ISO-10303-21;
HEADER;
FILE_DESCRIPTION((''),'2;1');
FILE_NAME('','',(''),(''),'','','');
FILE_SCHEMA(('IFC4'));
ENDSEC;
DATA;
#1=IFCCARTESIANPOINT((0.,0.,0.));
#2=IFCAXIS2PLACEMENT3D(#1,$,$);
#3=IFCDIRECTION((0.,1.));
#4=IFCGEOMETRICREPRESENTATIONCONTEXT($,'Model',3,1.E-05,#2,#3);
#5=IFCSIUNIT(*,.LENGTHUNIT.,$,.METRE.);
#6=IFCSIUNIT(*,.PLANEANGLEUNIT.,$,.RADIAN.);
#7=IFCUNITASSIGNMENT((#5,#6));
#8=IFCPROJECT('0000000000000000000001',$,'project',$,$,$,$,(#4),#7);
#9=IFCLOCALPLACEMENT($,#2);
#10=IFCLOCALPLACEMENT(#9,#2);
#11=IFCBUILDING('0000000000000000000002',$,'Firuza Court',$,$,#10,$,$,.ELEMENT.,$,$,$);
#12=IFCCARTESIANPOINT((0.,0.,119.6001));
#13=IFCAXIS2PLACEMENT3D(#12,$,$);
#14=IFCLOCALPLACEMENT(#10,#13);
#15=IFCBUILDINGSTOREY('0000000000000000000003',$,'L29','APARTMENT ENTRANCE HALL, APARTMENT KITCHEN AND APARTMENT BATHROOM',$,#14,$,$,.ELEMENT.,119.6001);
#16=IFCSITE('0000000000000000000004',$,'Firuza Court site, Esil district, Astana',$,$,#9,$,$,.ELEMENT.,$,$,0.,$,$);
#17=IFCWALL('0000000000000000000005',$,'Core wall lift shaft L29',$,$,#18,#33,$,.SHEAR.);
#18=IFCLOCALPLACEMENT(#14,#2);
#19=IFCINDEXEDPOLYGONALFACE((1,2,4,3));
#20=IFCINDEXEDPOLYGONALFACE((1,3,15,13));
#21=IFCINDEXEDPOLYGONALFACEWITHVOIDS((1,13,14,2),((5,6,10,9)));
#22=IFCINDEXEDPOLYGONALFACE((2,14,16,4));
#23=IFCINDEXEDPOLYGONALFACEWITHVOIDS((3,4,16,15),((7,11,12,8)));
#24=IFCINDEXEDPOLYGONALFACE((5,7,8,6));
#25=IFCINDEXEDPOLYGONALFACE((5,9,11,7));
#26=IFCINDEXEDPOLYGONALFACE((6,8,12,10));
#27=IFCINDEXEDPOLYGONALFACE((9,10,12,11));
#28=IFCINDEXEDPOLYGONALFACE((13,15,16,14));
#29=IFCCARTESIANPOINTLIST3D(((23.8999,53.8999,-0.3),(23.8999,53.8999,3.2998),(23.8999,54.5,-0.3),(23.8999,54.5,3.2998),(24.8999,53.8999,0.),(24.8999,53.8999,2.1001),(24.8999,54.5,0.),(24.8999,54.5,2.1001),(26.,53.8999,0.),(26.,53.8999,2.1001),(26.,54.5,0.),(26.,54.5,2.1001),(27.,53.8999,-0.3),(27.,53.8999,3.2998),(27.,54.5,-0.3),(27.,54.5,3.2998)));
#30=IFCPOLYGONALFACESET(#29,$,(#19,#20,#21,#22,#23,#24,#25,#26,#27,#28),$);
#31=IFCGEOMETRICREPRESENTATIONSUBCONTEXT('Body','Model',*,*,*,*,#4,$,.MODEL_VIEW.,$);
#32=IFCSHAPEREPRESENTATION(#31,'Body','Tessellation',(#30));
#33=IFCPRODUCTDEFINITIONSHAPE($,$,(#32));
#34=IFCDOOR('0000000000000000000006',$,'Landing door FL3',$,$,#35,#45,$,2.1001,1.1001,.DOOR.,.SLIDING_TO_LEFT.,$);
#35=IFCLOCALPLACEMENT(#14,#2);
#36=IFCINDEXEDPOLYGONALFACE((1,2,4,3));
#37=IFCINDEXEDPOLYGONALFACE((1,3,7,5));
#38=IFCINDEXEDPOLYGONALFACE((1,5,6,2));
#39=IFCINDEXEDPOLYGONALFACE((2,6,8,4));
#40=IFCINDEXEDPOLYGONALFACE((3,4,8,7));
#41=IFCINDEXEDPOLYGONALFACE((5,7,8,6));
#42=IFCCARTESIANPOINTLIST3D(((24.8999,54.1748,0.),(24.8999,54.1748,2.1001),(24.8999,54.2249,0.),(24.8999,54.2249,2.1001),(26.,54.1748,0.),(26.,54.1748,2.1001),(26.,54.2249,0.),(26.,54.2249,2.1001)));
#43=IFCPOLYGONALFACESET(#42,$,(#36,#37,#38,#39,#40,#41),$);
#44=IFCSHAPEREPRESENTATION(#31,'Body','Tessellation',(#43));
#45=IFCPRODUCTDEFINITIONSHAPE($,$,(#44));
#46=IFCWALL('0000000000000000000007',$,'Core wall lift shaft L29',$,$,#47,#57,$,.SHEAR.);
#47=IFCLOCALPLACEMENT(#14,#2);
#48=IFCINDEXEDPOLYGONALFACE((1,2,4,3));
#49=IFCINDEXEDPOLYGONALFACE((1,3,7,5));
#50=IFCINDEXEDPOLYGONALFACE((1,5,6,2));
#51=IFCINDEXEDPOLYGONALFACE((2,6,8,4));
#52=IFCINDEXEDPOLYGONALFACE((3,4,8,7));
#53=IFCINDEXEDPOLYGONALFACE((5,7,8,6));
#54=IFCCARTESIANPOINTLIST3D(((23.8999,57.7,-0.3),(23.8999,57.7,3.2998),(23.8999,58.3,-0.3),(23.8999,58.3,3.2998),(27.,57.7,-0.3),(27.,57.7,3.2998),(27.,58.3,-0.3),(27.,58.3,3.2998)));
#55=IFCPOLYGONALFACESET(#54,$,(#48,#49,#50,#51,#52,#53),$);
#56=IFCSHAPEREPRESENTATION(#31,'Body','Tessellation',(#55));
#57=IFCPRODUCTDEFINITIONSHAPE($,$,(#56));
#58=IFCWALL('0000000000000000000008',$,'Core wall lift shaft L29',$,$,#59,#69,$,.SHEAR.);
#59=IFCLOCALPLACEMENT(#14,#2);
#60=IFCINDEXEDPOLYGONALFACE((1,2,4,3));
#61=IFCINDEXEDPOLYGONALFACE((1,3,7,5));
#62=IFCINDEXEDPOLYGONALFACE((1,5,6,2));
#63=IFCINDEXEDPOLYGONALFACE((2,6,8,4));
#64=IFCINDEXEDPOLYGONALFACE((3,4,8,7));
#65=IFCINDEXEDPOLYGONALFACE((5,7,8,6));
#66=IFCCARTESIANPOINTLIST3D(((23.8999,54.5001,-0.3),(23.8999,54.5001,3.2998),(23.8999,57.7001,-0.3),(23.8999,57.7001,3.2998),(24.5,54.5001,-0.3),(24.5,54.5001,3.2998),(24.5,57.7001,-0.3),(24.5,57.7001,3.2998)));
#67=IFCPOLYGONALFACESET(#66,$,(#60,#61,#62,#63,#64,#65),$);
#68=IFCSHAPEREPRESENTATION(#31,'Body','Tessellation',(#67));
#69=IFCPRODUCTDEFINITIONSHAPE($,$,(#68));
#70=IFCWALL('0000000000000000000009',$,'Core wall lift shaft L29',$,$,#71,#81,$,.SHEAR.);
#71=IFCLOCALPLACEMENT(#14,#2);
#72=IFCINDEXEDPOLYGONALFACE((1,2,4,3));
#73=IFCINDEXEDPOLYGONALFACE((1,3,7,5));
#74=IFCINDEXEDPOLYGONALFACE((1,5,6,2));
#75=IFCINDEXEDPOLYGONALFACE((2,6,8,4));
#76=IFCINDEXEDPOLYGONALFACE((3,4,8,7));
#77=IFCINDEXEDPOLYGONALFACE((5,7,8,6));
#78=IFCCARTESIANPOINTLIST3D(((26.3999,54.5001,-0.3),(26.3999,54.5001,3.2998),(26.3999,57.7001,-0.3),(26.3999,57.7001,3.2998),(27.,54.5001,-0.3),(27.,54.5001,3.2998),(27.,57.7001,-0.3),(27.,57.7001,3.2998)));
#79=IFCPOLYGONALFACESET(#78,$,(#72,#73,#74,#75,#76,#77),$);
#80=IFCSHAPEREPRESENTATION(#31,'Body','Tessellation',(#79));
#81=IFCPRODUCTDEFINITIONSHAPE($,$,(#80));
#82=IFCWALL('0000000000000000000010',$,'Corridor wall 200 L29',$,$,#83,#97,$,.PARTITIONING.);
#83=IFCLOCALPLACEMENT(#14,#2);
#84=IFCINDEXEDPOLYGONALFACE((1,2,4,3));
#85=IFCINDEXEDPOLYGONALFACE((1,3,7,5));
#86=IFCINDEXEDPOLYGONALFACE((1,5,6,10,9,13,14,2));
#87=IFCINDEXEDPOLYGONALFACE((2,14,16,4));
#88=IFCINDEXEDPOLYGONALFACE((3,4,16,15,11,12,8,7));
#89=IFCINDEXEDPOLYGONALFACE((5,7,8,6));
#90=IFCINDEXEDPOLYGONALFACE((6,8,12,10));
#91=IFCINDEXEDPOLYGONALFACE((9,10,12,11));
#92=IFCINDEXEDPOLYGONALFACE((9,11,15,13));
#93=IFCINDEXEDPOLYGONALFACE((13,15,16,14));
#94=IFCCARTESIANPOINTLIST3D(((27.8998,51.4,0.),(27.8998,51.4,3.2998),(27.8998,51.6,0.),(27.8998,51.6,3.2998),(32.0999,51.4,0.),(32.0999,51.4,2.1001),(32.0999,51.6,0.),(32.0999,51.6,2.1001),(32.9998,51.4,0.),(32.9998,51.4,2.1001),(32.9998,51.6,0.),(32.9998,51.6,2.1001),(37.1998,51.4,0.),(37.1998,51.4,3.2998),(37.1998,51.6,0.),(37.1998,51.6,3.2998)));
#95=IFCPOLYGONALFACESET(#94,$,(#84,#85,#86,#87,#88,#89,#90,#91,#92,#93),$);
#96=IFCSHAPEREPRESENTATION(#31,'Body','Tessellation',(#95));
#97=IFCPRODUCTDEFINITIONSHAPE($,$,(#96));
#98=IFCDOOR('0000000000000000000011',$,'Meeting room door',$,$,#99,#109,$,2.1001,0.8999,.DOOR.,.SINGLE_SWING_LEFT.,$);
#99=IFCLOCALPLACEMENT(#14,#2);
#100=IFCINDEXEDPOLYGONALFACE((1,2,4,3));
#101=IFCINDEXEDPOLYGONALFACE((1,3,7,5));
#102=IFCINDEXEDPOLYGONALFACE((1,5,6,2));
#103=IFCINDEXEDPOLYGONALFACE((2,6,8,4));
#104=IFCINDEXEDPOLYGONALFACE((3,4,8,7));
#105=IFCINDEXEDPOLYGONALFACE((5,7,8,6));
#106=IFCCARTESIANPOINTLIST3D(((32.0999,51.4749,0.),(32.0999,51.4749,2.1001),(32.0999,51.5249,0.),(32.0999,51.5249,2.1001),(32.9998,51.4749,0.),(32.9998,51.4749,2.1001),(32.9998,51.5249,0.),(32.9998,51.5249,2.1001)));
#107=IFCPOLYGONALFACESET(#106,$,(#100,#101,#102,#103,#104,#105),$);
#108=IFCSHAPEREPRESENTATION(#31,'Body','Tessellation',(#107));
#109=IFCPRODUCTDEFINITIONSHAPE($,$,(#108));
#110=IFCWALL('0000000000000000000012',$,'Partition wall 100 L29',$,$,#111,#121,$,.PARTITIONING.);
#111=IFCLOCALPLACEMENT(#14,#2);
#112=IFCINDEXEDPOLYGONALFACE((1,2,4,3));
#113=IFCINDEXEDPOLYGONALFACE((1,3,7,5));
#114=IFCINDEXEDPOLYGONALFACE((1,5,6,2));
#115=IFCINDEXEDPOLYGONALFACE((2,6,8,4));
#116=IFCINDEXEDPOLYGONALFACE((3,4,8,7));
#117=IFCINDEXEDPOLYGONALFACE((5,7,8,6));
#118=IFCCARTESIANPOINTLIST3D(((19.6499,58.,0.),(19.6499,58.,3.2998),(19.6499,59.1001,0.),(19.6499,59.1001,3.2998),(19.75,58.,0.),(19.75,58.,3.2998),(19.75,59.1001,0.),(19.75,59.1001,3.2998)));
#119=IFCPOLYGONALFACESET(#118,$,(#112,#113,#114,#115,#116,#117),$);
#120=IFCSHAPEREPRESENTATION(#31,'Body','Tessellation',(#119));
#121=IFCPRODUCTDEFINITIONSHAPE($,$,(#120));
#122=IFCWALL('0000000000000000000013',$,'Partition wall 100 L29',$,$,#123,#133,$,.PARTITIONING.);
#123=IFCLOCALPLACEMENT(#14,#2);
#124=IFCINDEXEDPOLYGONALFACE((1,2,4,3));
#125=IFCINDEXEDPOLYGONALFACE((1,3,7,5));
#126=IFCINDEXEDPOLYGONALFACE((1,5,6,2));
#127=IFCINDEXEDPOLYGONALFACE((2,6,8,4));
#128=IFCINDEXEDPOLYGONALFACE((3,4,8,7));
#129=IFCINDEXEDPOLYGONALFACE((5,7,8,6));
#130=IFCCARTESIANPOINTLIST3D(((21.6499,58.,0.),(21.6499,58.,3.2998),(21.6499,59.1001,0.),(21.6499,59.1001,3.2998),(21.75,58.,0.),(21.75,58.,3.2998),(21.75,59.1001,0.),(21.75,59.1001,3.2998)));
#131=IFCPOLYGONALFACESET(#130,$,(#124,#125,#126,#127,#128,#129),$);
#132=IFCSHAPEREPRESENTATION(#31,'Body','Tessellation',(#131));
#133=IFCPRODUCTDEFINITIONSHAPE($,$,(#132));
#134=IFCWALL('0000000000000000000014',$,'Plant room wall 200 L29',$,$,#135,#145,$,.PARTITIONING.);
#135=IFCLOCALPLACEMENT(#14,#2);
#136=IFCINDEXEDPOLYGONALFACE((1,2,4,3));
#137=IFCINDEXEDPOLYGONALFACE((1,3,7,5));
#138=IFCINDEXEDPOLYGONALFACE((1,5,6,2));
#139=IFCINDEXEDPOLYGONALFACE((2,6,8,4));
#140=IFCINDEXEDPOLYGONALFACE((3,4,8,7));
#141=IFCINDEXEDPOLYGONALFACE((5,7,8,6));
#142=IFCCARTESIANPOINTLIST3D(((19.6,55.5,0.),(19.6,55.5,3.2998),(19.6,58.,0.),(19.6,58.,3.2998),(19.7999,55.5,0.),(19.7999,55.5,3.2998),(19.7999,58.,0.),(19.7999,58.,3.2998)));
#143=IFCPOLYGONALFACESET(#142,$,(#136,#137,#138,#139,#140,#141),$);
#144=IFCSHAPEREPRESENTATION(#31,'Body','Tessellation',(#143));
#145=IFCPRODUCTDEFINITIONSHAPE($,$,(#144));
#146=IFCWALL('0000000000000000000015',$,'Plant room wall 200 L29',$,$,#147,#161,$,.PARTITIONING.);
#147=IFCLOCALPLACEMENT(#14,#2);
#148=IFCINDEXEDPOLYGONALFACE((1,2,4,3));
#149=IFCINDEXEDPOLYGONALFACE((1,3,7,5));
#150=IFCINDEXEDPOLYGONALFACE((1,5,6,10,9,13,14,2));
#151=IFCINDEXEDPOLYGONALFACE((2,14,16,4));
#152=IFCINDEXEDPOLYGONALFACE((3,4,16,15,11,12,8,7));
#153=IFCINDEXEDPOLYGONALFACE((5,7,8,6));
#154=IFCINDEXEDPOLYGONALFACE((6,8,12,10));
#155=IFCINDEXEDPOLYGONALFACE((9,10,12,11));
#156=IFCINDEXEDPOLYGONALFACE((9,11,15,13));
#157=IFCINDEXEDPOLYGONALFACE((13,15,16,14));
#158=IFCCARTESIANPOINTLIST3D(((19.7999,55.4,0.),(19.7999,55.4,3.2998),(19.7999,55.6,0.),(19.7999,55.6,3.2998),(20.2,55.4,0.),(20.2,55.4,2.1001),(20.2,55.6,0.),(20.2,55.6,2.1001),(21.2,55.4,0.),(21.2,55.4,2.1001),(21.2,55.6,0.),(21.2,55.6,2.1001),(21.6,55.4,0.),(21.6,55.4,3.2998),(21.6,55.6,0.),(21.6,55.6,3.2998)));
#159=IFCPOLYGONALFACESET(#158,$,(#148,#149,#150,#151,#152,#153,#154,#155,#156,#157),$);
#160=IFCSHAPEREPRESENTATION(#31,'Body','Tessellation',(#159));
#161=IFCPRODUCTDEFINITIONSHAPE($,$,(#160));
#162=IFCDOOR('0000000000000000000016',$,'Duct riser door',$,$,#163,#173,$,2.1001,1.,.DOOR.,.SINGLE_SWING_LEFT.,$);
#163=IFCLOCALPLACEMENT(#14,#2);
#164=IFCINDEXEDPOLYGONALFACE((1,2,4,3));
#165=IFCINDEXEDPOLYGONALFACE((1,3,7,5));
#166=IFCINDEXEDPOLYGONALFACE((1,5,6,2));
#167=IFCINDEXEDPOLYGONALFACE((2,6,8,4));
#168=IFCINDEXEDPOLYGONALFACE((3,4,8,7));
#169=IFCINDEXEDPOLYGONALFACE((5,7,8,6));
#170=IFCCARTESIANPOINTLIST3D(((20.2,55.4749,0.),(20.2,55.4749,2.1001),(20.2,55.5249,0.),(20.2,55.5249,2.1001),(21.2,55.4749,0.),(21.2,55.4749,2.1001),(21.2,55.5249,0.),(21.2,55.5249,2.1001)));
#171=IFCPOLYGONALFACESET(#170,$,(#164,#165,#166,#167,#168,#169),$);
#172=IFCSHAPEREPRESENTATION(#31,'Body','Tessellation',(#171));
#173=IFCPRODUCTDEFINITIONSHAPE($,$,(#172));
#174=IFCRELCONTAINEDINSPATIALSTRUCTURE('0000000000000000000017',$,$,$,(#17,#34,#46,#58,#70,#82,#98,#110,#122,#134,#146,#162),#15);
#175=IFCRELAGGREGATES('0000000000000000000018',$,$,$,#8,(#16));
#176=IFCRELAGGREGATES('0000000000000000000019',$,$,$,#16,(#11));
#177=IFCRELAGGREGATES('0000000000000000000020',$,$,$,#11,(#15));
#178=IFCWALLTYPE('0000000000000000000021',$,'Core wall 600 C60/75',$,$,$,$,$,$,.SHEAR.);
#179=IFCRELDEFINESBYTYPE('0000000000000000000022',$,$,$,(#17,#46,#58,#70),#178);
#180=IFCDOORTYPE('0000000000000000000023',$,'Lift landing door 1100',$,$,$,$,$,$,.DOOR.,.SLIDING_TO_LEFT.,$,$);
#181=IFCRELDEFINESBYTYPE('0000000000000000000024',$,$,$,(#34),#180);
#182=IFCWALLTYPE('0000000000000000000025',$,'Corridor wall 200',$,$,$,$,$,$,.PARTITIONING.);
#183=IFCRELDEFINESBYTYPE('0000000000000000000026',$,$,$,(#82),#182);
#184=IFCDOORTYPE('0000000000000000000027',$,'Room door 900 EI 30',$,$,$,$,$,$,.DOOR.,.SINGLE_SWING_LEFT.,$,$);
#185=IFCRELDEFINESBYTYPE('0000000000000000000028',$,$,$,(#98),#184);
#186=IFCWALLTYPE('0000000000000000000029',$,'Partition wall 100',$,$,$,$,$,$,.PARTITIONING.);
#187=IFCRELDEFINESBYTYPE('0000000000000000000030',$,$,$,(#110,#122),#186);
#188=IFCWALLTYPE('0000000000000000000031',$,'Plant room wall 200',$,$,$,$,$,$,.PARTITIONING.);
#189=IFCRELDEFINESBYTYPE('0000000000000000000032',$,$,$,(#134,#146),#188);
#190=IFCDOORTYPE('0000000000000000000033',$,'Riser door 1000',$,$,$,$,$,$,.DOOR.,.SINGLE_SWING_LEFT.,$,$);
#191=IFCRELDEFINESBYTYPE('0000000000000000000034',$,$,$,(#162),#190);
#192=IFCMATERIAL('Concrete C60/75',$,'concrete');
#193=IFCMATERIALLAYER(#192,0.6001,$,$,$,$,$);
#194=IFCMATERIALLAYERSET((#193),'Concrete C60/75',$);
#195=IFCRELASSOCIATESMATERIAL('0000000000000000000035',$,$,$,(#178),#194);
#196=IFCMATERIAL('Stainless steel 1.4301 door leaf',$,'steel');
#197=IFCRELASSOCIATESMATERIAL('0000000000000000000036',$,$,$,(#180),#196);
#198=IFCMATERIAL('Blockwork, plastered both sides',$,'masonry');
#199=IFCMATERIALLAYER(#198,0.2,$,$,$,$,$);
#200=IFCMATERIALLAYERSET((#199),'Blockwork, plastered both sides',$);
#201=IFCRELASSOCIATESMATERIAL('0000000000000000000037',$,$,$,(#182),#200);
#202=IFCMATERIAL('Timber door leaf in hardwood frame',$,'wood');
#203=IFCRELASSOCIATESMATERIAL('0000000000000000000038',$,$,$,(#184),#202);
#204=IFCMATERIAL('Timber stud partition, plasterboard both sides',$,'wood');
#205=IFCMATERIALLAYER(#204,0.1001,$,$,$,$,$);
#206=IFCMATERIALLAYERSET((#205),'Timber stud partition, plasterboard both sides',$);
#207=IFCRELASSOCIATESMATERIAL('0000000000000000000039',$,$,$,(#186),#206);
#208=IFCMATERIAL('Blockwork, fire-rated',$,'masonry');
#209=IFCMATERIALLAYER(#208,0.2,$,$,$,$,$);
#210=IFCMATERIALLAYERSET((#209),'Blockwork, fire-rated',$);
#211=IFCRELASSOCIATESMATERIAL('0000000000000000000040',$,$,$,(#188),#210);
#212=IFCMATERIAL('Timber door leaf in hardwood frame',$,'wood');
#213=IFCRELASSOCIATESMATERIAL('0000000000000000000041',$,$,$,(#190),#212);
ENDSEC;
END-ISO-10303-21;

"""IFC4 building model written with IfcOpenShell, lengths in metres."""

from ifc_helpers import new_model, si_unit, direction, frame, frame_2d, origin, place, context, subcontext, project, spatial, rectangle, extrude, material, layer, layer_set, type_object, element, fill, save


model = new_model("IFC4")

# Units and contexts
model_context = context("Model", 3, precision=1e-05, world=origin(), true_north=direction((0.0, 1.0)))
body_context = subcontext(model_context, "Body", "Model", "MODEL_VIEW")
ifc_project = project(units=[si_unit("LENGTHUNIT", "METRE"), si_unit("PLANEANGLEUNIT", "RADIAN")], contexts=[model_context])

# Site, building, storey
site_placement = place(None, origin())
site = spatial("IfcSite", under=ifc_project, at=site_placement, Name="Firuza Court site, Esil district, Astana", CompositionType="ELEMENT", RefElevation=0.0)
building_placement = place(site_placement, origin())
building = spatial("IfcBuilding", under=site, at=building_placement, Name="Firuza Court", CompositionType="ELEMENT")
storey_placement = place(building_placement, frame((0.0, 0.0, 119.6001)))
storey = spatial("IfcBuildingStorey", under=building, at=storey_placement, Name="L29", Description="APARTMENT ENTRANCE HALL, APARTMENT KITCHEN AND APARTMENT BATHROOM", CompositionType="ELEMENT", Elevation=119.6001)

# Wall, opening, door
ifc_material_1 = material(Name="Concrete C60/75", Category="concrete")
ifc_layer_1 = layer(ifc_material_1, 0.6001)
ifc_layer_set_1 = layer_set([ifc_layer_1], Name="Concrete C60/75")
wall_type_1 = type_object("IfcWallType", Name="Core wall 600 C60/75", PredefinedType="SHEAR", material=ifc_layer_set_1)
wall_1_placement = place(storey_placement, frame((23.8999, 54.2, -0.3), z_axis=(0.0, 0.0, 1.0), x_axis=(1.0, 0.0, 0.0)))
wall_1 = element("IfcWall", 1, at=wall_1_placement, inside=storey, type_object=wall_type_1, Name="Core wall lift shaft L29", PredefinedType="SHEAR", context=body_context, shape_type="SweptSolid", body=[
    extrude(rectangle(XDim=3.1001, YDim=0.6001, at=frame_2d((1.55, 0.0))), origin(), (0.0, 0.0, 1.0), 3.5999),
])
opening_1_placement = place(wall_1_placement, frame((1.0, 0.0, 0.3)))
opening_1 = element("IfcOpeningElement", 2, at=opening_1_placement, cuts=wall_1, PredefinedType="OPENING", context=body_context, shape_type="SweptSolid", body=[
    extrude(rectangle(XDim=1.1001, YDim=2.1001, at=frame_2d((0.55, 1.05))), frame((0.0, 0.312, 0.0), z_axis=(0.0, -1.0, 0.0), x_axis=(1.0, 0.0, 0.0)), (0.0, 0.0, 1.0), 0.624),
])
ifc_material_2 = material(Name="Stainless steel 1.4301 door leaf", Category="steel")
door_type_1 = type_object("IfcDoorType", Name="Lift landing door 1100", OperationType="SLIDING_TO_LEFT", PredefinedType="DOOR", material=ifc_material_2)
door_1_placement = place(opening_1_placement, origin())
door_1 = element("IfcDoor", 3, at=door_1_placement, inside=storey, type_object=door_type_1, Name="Landing door FL3", OperationType="SLIDING_TO_LEFT", OverallHeight=2.1001, OverallWidth=1.1001, PredefinedType="DOOR", context=body_context, shape_type="SweptSolid", body=[
    extrude(rectangle(XDim=1.1001, YDim=2.1001, at=frame_2d((0.55, 1.05))), frame((0.0, 0.0249, 0.0), z_axis=(0.0, -1.0, 0.0), x_axis=(1.0, 0.0, 0.0)), (0.0, 0.0, 1.0), 0.05),
])
fill(opening_1, door_1)

# Walls
wall_2_placement = place(storey_placement, frame((23.8999, 58.0, -0.3), z_axis=(0.0, 0.0, 1.0), x_axis=(1.0, 0.0, 0.0)))
element("IfcWall", 4, at=wall_2_placement, inside=storey, type_object=wall_type_1, Name="Core wall lift shaft L29", PredefinedType="SHEAR", context=body_context, shape_type="SweptSolid", body=[
    extrude(rectangle(XDim=3.1001, YDim=0.6001, at=frame_2d((1.55, 0.0))), origin(), (0.0, 0.0, 1.0), 3.5999),
])
for number, where, z_axis, x_axis, name in (
    (5, (24.2, 54.5, -0.3), (0.0, 0.0, 1.0), (0.0, 1.0, 0.0), "Core wall lift shaft L29"),
    (6, (26.7, 54.5, -0.3), (0.0, 0.0, 1.0), (0.0, 1.0, 0.0), "Core wall lift shaft L29"),
):
    element("IfcWall", number, at=place(storey_placement, frame(where, z_axis=z_axis, x_axis=x_axis)), inside=storey, type_object=wall_type_1, Name=name, PredefinedType="SHEAR", context=body_context, shape_type="SweptSolid", body=[
        extrude(rectangle(XDim=3.2, YDim=0.6001, at=frame_2d((1.6001, 0.0))), origin(), (0.0, 0.0, 1.0), 3.5999),
    ])

# Wall, opening, door
ifc_material_3 = material(Name="Blockwork, plastered both sides", Category="masonry")
ifc_layer_2 = layer(ifc_material_3, 0.2)
ifc_layer_set_2 = layer_set([ifc_layer_2], Name="Blockwork, plastered both sides")
wall_type_2 = type_object("IfcWallType", Name="Corridor wall 200", PredefinedType="PARTITIONING", material=ifc_layer_set_2)
wall_3_placement = place(storey_placement, frame((27.8999, 51.5, 0.0), z_axis=(0.0, 0.0, 1.0), x_axis=(1.0, 0.0, 0.0)))
wall_3 = element("IfcWall", 7, at=wall_3_placement, inside=storey, type_object=wall_type_2, Name="Corridor wall 200 L29", PredefinedType="PARTITIONING", context=body_context, shape_type="SweptSolid", body=[
    extrude(rectangle(XDim=9.3, YDim=0.2, at=frame_2d((4.6499, 0.0))), origin(), (0.0, 0.0, 1.0), 3.2998),
])
opening_2_placement = place(wall_3_placement, frame((4.2, 0.0, 0.0)))
opening_2 = element("IfcOpeningElement", 8, at=opening_2_placement, cuts=wall_3, PredefinedType="OPENING", context=body_context, shape_type="SweptSolid", body=[
    extrude(rectangle(XDim=0.8999, YDim=2.1001, at=frame_2d((0.45, 1.05))), frame((0.0, 0.1118, 0.0), z_axis=(0.0, -1.0, 0.0), x_axis=(1.0, 0.0, 0.0)), (0.0, 0.0, 1.0), 0.2239),
])
ifc_material_4 = material(Name="Timber door leaf in hardwood frame", Category="wood")
door_type_2 = type_object("IfcDoorType", Name="Room door 900 EI 30", OperationType="SINGLE_SWING_LEFT", PredefinedType="DOOR", material=ifc_material_4)
door_2_placement = place(opening_2_placement, origin())
door_2 = element("IfcDoor", 9, at=door_2_placement, inside=storey, type_object=door_type_2, Name="Meeting room door", OperationType="SINGLE_SWING_LEFT", OverallHeight=2.1001, OverallWidth=0.8999, PredefinedType="DOOR", context=body_context, shape_type="SweptSolid", body=[
    extrude(rectangle(XDim=0.8999, YDim=2.1001, at=frame_2d((0.45, 1.05))), frame((0.0, 0.0249, 0.0), z_axis=(0.0, -1.0, 0.0), x_axis=(1.0, 0.0, 0.0)), (0.0, 0.0, 1.0), 0.05),
])
fill(opening_2, door_2)

# Walls
ifc_material_5 = material(Name="Timber stud partition, plasterboard both sides", Category="wood")
ifc_layer_3 = layer(ifc_material_5, 0.1001)
ifc_layer_set_3 = layer_set([ifc_layer_3], Name="Timber stud partition, plasterboard both sides")
wall_type_3 = type_object("IfcWallType", Name="Partition wall 100", PredefinedType="PARTITIONING", material=ifc_layer_set_3)
for number, where, z_axis, x_axis, name in (
    (10, (19.7, 58.0, 0.0), (0.0, 0.0, 1.0), (0.0, 1.0, 0.0), "Partition wall 100 L29"),
    (11, (21.7, 58.0, 0.0), (0.0, 0.0, 1.0), (0.0, 1.0, 0.0), "Partition wall 100 L29"),
):
    element("IfcWall", number, at=place(storey_placement, frame(where, z_axis=z_axis, x_axis=x_axis)), inside=storey, type_object=wall_type_3, Name=name, PredefinedType="PARTITIONING", context=body_context, shape_type="SweptSolid", body=[
        extrude(rectangle(XDim=1.1001, YDim=0.1001, at=frame_2d((0.55, 0.0))), origin(), (0.0, 0.0, 1.0), 3.2998),
    ])
ifc_material_6 = material(Name="Blockwork, fire-rated", Category="masonry")
ifc_layer_4 = layer(ifc_material_6, 0.2)
ifc_layer_set_4 = layer_set([ifc_layer_4], Name="Blockwork, fire-rated")
wall_type_4 = type_object("IfcWallType", Name="Plant room wall 200", PredefinedType="PARTITIONING", material=ifc_layer_set_4)
wall_4_placement = place(storey_placement, frame((19.7, 55.5, 0.0), z_axis=(0.0, 0.0, 1.0), x_axis=(0.0, 1.0, 0.0)))
element("IfcWall", 12, at=wall_4_placement, inside=storey, type_object=wall_type_4, Name="Plant room wall 200 L29", PredefinedType="PARTITIONING", context=body_context, shape_type="SweptSolid", body=[
    extrude(rectangle(XDim=2.5, YDim=0.2, at=frame_2d((1.25, 0.0))), origin(), (0.0, 0.0, 1.0), 3.2998),
])

# Wall, opening, door
wall_5_placement = place(storey_placement, frame((19.8, 55.5, 0.0), z_axis=(0.0, 0.0, 1.0), x_axis=(1.0, 0.0, 0.0)))
wall_5 = element("IfcWall", 13, at=wall_5_placement, inside=storey, type_object=wall_type_4, Name="Plant room wall 200 L29", PredefinedType="PARTITIONING", context=body_context, shape_type="SweptSolid", body=[
    extrude(rectangle(XDim=1.8, YDim=0.2, at=frame_2d((0.8999, 0.0))), origin(), (0.0, 0.0, 1.0), 3.2998),
])
opening_3_placement = place(wall_5_placement, frame((0.3999, 0.0, 0.0)))
opening_3 = element("IfcOpeningElement", 14, at=opening_3_placement, cuts=wall_5, PredefinedType="OPENING", context=body_context, shape_type="SweptSolid", body=[
    extrude(rectangle(XDim=1.0, YDim=2.1001, at=frame_2d((0.5, 1.05))), frame((0.0, 0.1118, 0.0), z_axis=(0.0, -1.0, 0.0), x_axis=(1.0, 0.0, 0.0)), (0.0, 0.0, 1.0), 0.2239),
])
ifc_material_7 = material(Name="Timber door leaf in hardwood frame", Category="wood")
door_type_3 = type_object("IfcDoorType", Name="Riser door 1000", OperationType="SINGLE_SWING_LEFT", PredefinedType="DOOR", material=ifc_material_7)
door_3_placement = place(opening_3_placement, origin())
door_3 = element("IfcDoor", 15, at=door_3_placement, inside=storey, type_object=door_type_3, Name="Duct riser door", OperationType="SINGLE_SWING_LEFT", OverallHeight=2.1001, OverallWidth=1.0, PredefinedType="DOOR", context=body_context, shape_type="SweptSolid", body=[
    extrude(rectangle(XDim=1.0, YDim=2.1001, at=frame_2d((0.5, 1.05))), frame((0.0, 0.0249, 0.0), z_axis=(0.0, -1.0, 0.0), x_axis=(1.0, 0.0, 0.0)), (0.0, 0.0, 1.0), 0.05),
])
fill(opening_3, door_3)

save(model, "model.ifc")
